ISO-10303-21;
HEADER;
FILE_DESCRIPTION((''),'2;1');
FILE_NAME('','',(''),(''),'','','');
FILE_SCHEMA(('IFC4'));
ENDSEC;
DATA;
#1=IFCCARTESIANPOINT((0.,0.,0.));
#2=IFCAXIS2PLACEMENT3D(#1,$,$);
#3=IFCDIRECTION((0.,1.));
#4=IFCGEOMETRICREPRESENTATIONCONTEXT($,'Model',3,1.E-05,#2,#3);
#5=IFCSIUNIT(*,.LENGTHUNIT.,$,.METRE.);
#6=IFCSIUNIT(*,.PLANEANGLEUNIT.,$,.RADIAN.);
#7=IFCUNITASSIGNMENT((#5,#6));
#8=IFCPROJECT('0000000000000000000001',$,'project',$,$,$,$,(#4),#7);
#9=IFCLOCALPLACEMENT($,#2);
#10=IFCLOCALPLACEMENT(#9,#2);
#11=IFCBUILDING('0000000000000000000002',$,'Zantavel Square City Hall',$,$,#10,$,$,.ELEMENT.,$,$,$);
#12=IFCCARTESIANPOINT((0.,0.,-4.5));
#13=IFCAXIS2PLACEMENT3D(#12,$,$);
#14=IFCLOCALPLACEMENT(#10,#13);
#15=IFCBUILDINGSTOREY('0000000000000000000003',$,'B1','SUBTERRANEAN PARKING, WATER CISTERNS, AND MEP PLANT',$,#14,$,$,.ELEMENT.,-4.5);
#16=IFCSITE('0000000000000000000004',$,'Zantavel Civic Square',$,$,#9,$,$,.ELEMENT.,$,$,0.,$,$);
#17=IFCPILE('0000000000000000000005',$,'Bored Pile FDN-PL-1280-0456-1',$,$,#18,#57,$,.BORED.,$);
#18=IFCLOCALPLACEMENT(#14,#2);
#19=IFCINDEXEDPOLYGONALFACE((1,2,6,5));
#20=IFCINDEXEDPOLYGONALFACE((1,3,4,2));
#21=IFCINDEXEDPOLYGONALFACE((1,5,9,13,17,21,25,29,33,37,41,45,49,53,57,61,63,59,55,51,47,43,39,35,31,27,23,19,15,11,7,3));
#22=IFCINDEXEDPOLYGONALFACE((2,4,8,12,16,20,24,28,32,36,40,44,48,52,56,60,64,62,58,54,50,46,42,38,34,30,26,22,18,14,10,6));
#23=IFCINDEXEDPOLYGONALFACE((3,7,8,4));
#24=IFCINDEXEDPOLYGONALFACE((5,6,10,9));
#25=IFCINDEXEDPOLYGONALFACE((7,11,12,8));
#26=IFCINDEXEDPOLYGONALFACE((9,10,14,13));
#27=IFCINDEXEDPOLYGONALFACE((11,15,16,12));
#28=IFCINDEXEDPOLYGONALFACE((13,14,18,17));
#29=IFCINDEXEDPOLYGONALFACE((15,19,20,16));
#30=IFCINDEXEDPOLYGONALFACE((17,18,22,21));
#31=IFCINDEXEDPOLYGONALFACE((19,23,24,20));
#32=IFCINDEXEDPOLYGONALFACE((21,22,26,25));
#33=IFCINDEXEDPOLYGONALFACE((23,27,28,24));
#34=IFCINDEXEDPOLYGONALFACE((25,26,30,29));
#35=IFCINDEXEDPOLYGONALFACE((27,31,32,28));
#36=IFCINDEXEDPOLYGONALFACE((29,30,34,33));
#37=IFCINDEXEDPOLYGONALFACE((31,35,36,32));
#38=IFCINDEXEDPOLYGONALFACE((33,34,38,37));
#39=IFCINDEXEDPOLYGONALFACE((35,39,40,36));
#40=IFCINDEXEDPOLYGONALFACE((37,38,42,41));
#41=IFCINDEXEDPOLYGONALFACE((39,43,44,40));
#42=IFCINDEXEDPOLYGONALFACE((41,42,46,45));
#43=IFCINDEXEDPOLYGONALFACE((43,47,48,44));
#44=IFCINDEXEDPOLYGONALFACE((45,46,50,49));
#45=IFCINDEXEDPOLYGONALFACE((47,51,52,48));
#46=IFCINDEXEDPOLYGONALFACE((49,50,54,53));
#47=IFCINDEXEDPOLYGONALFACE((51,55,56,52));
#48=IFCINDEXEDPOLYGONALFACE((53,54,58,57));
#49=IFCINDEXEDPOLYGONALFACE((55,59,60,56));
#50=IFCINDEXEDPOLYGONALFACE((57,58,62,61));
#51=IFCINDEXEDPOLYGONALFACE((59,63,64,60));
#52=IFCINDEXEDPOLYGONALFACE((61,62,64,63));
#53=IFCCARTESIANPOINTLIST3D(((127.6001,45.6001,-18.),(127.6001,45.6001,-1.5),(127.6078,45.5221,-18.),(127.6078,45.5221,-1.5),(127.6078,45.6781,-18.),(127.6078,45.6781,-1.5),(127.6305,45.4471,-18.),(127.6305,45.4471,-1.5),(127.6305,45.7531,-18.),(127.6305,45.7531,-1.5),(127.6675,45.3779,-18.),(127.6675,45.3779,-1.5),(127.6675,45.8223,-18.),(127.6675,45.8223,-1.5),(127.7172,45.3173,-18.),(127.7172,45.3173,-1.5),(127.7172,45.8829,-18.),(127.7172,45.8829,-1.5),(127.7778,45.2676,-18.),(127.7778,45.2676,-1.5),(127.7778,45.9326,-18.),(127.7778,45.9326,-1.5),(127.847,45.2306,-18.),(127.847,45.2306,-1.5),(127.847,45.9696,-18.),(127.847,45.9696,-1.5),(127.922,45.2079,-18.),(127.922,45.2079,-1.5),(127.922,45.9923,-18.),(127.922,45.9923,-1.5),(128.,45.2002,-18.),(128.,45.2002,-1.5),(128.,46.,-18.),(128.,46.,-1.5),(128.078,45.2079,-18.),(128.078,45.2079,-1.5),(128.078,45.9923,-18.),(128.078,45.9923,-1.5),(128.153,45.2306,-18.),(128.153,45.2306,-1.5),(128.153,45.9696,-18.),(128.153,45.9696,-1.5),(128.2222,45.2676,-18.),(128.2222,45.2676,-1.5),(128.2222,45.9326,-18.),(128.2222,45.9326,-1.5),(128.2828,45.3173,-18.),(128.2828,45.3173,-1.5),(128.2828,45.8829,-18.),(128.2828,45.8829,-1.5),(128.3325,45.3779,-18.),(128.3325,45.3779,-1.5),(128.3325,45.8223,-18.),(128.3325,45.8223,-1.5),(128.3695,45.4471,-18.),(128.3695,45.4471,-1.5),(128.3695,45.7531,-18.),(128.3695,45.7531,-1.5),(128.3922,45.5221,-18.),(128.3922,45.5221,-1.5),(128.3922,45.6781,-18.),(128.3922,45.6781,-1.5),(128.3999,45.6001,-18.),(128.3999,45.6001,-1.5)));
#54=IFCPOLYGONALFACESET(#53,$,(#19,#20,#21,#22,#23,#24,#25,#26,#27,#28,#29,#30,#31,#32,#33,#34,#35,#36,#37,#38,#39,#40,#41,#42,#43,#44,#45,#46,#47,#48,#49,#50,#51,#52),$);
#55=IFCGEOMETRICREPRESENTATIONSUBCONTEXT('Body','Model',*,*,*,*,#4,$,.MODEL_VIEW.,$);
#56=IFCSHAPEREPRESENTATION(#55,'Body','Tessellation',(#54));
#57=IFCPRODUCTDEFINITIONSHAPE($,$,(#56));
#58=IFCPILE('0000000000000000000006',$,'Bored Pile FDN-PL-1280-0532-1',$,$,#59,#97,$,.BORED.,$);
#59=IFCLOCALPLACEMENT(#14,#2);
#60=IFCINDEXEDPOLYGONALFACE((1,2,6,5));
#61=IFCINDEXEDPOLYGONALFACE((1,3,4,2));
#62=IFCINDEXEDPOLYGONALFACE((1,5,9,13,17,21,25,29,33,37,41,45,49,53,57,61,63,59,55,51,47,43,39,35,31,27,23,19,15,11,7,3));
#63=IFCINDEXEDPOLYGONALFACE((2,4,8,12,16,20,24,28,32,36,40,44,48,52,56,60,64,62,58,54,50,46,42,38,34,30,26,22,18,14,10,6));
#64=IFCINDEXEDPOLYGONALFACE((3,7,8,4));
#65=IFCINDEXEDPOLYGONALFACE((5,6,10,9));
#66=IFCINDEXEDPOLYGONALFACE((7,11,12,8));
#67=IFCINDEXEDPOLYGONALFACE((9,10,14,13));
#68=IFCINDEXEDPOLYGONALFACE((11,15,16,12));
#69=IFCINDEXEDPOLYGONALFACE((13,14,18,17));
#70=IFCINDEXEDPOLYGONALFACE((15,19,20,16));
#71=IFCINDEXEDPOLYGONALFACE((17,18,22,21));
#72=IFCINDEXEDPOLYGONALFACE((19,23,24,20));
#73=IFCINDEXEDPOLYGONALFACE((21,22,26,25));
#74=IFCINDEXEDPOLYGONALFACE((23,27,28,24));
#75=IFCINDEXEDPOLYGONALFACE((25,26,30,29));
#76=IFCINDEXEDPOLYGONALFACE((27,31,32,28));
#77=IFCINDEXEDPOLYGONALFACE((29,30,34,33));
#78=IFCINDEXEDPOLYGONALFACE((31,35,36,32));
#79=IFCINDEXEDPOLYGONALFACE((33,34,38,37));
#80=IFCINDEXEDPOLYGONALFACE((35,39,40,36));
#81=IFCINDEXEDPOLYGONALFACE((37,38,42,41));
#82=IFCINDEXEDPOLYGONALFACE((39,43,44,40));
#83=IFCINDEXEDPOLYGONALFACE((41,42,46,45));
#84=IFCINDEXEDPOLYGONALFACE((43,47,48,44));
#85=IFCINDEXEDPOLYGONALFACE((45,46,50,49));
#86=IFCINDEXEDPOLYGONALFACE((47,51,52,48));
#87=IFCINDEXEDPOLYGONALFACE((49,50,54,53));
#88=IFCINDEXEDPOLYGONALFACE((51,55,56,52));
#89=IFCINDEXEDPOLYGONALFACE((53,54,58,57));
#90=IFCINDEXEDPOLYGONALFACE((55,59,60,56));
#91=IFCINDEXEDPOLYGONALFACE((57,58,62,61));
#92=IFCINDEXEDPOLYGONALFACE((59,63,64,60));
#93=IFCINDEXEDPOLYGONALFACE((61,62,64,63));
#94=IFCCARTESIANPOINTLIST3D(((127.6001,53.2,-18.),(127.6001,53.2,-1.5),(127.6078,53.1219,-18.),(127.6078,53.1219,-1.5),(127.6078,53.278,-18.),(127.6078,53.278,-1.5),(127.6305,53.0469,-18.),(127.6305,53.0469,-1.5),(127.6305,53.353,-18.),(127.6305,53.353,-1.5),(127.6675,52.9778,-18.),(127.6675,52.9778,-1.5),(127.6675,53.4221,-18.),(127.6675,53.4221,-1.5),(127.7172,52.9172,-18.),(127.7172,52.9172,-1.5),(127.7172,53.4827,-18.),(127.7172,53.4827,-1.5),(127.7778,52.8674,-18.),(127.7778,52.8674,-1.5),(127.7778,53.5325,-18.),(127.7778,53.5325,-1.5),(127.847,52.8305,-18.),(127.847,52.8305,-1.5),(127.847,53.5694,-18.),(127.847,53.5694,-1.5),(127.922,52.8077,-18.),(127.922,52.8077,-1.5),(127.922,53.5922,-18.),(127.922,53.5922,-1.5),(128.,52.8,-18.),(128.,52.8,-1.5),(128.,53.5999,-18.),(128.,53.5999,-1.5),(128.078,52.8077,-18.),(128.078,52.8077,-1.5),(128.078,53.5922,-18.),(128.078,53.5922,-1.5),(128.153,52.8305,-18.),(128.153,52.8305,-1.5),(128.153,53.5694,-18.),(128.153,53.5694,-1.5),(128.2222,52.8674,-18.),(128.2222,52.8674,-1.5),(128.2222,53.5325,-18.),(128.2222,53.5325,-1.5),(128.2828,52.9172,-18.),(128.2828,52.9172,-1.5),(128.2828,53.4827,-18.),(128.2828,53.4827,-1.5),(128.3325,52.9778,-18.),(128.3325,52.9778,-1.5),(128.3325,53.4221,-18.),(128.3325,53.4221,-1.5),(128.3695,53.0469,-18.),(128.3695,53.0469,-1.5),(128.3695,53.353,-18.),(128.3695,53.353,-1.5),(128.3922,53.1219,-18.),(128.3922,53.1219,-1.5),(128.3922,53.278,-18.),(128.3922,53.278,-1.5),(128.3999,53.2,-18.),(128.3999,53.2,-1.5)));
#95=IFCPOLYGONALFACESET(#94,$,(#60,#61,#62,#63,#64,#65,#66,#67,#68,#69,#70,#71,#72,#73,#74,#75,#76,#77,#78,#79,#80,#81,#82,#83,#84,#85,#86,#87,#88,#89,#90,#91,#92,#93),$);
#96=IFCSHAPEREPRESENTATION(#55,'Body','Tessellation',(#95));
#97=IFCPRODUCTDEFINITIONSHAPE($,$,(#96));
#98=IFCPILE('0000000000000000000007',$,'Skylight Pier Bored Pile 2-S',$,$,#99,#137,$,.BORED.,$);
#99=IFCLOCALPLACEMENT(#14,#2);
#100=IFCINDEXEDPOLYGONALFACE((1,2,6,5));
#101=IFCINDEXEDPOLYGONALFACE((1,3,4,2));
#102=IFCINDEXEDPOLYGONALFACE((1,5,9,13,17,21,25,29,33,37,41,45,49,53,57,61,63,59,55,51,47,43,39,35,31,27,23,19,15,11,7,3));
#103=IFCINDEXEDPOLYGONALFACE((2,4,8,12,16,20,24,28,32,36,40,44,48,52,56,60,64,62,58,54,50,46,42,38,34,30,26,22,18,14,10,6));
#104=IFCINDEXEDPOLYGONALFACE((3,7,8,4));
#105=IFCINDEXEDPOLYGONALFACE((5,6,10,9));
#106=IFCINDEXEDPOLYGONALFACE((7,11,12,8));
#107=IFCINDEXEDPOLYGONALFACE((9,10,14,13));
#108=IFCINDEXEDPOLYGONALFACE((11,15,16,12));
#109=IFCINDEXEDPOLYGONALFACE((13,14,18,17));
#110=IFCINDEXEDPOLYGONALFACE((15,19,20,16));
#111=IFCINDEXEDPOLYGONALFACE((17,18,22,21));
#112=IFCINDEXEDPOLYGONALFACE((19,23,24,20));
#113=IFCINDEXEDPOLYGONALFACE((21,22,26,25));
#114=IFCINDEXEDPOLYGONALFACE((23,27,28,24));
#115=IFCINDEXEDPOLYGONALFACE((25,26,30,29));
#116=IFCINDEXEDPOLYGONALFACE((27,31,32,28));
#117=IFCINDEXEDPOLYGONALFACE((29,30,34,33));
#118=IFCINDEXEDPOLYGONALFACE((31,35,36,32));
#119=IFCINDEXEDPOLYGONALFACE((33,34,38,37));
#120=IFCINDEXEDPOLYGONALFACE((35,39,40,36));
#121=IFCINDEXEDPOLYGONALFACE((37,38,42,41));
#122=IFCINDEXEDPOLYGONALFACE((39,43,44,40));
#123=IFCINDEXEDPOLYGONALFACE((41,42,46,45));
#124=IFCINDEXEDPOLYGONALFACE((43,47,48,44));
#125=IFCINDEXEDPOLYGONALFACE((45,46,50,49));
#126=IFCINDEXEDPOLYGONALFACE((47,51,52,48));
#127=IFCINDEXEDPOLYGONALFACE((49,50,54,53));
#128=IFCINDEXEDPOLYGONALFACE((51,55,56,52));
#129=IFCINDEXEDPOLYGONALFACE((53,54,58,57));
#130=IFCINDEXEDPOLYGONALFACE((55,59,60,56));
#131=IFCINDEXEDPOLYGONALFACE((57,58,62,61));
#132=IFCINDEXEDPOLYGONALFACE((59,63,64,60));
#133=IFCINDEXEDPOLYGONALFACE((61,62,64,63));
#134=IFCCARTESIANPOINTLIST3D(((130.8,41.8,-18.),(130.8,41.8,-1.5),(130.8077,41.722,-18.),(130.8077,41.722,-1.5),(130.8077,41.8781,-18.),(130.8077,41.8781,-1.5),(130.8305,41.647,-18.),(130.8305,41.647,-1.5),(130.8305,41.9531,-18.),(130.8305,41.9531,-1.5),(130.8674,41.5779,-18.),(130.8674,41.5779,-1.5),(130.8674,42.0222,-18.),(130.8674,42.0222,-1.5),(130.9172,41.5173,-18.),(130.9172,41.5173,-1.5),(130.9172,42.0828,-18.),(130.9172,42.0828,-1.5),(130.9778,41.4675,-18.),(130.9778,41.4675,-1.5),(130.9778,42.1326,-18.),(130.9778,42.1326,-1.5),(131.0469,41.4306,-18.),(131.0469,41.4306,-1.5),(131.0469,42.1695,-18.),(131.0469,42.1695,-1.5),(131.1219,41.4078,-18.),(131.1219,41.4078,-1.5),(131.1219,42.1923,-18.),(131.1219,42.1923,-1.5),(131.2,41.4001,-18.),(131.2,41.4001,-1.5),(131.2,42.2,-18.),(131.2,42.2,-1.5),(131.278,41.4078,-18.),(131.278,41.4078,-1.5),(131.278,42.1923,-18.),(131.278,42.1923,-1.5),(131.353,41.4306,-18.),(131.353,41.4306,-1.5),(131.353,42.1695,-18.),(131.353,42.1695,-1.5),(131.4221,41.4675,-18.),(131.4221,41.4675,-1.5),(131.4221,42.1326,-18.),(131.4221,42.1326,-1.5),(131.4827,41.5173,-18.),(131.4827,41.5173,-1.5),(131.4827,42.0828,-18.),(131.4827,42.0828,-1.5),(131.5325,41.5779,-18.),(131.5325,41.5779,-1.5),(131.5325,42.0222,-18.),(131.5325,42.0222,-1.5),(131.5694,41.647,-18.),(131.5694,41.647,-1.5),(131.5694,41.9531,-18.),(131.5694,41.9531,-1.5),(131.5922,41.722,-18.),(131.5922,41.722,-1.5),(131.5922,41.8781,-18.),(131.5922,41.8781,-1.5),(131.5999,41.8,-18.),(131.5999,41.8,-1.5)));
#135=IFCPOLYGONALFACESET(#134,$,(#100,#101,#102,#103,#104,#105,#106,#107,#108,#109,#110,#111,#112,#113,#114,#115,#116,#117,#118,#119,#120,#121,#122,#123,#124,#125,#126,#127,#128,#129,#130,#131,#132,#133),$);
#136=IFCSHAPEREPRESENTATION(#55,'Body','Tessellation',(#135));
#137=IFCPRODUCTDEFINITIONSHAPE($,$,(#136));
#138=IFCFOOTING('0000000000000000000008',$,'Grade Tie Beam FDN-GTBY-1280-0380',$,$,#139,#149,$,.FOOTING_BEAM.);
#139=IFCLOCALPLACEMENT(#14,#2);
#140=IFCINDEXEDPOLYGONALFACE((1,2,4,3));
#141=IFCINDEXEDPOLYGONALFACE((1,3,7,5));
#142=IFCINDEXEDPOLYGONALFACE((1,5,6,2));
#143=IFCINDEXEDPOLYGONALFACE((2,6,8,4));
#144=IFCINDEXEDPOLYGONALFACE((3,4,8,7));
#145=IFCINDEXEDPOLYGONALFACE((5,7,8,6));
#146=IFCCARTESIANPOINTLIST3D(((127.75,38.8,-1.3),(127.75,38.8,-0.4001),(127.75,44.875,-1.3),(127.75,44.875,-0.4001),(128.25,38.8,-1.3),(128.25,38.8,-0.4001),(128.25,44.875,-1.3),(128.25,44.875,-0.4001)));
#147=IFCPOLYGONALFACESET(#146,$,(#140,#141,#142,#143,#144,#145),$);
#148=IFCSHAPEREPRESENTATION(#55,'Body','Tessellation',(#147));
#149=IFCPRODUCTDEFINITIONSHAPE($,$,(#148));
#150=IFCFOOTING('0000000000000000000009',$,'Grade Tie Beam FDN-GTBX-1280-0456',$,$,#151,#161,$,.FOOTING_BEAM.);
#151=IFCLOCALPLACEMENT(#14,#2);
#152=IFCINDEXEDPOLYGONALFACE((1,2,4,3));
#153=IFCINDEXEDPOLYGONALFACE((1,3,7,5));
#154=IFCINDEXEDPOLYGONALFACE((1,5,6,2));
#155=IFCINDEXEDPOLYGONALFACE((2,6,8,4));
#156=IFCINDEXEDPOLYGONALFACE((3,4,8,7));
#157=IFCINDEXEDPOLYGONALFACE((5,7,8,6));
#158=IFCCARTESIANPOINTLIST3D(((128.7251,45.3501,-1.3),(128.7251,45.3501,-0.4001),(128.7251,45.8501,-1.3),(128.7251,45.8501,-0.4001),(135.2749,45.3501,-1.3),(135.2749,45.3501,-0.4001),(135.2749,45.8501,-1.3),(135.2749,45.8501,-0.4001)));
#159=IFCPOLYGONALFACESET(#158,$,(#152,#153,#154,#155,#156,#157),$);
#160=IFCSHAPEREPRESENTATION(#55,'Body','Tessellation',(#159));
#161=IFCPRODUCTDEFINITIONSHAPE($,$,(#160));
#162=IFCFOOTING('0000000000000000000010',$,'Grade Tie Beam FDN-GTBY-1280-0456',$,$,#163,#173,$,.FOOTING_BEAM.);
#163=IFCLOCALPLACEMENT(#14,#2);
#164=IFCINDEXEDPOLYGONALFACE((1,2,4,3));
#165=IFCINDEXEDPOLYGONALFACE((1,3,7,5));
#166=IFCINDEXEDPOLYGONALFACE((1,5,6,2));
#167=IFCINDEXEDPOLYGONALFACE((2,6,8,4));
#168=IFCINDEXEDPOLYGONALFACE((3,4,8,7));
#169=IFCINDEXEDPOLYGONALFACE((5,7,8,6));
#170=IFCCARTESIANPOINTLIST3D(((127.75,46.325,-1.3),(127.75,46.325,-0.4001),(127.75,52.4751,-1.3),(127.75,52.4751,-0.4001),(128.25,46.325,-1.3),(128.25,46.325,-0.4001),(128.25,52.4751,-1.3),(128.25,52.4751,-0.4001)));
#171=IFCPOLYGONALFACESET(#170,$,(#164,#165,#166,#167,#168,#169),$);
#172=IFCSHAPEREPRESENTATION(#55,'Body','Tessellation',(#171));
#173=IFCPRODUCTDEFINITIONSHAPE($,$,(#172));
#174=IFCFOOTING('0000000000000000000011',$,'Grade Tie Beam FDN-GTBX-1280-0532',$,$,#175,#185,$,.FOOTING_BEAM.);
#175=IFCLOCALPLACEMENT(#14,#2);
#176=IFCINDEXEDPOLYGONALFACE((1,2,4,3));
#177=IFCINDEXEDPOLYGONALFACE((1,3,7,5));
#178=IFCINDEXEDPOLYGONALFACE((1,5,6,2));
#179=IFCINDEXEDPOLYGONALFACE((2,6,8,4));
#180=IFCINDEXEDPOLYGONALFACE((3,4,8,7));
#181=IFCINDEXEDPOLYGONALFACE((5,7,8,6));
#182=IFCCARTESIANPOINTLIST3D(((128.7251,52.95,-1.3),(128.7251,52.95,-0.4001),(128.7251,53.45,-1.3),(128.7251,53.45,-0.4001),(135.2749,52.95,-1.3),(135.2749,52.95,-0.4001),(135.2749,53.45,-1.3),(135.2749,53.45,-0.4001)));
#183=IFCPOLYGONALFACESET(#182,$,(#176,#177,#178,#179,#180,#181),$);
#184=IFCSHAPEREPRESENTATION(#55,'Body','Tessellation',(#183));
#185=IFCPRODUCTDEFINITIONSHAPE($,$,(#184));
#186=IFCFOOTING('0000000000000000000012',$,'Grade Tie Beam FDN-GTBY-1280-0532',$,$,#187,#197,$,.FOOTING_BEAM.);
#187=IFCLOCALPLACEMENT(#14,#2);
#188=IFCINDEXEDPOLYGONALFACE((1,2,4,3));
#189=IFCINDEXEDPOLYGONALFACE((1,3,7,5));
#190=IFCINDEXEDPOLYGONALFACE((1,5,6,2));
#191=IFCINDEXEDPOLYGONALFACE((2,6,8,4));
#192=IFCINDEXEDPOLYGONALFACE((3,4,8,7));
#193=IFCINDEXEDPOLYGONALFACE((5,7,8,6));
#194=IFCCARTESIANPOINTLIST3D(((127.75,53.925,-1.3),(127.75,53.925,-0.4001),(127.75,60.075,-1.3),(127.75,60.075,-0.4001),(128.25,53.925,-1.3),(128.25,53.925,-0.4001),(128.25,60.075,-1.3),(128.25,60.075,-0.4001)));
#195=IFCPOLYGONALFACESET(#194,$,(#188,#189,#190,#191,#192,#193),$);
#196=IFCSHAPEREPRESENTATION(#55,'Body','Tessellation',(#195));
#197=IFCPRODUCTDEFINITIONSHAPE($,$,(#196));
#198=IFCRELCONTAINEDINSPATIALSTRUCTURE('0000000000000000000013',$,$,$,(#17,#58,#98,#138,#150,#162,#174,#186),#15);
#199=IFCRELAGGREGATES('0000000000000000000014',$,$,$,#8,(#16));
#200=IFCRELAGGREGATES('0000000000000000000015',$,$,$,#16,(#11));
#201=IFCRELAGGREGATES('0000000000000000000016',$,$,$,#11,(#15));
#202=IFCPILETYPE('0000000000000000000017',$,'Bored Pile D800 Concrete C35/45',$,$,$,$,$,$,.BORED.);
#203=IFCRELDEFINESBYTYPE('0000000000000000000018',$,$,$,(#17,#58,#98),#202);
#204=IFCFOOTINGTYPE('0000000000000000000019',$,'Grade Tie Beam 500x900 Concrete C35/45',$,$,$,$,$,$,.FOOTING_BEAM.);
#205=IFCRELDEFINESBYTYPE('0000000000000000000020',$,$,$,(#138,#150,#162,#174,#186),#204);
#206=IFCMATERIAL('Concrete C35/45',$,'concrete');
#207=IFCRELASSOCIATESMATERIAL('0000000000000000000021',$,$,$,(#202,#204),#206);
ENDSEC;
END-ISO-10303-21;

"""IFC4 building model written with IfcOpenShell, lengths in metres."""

from ifc_helpers import new_model, si_unit, direction, frame, origin, origin_2d, place, context, subcontext, project, spatial, rectangle, circle, extrude, material, material_profile, profile_set, type_object, element, save


model = new_model("IFC4")

# Units and contexts
model_context = context("Model", 3, precision=1e-05, world=origin(), true_north=direction((0.0, 1.0)))
body_context = subcontext(model_context, "Body", "Model", "MODEL_VIEW")
ifc_project = project(units=[si_unit("LENGTHUNIT", "METRE"), si_unit("PLANEANGLEUNIT", "RADIAN")], contexts=[model_context])

# Site, building, storey
site_placement = place(None, origin())
site = spatial("IfcSite", under=ifc_project, at=site_placement, Name="Zantavel Civic Square", CompositionType="ELEMENT", RefElevation=0.0)
building_placement = place(site_placement, origin())
building = spatial("IfcBuilding", under=site, at=building_placement, Name="Zantavel Square City Hall", CompositionType="ELEMENT")
storey_placement = place(building_placement, frame((0.0, 0.0, -4.5)))
storey = spatial("IfcBuildingStorey", under=building, at=storey_placement, Name="B1", Description="SUBTERRANEAN PARKING, WATER CISTERNS, AND MEP PLANT", CompositionType="ELEMENT", Elevation=-4.5)

# Piles
ifc_material_1 = material(Name="Concrete C35/45", Category="concrete")
ifc_material_profile_1 = material_profile(ifc_material_1, circle(Radius=0.3999, at=origin_2d()), Name="PILE D800")
ifc_profile_set_1 = profile_set([ifc_material_profile_1], Name="Concrete C35/45")
pile_type = type_object("IfcPileType", Name="Bored Pile D800 Concrete C35/45", PredefinedType="BORED", material=ifc_profile_set_1)
for number, where, z_axis, x_axis, name in (
    (1, (128.0, 45.6001, -1.5), (0.0, 0.0, -1.0), (1.0, 0.0, 0.0), "Bored Pile FDN-PL-1280-0456-1"),
    (2, (128.0, 53.2, -1.5), (0.0, 0.0, -1.0), (1.0, 0.0, 0.0), "Bored Pile FDN-PL-1280-0532-1"),
    (3, (131.2, 41.8, -1.5), (0.0, 0.0, -1.0), (1.0, 0.0, 0.0), "Skylight Pier Bored Pile 2-S"),
):
    element("IfcPile", number, at=place(storey_placement, frame(where, z_axis=z_axis, x_axis=x_axis)), inside=storey, type_object=pile_type, Name=name, PredefinedType="BORED", context=body_context, shape_type="SweptSolid", body=[
        extrude(circle(Radius=0.3999, at=origin_2d()), origin(), (0.0, 0.0, 1.0), 16.5),
    ])

# Footings
ifc_material_profile_2 = material_profile(ifc_material_1, rectangle(XDim=0.5, YDim=0.8999, at=origin_2d()), Name="RC 500x900")
ifc_profile_set_2 = profile_set([ifc_material_profile_2], Name="Concrete C35/45")
footing_type_1 = type_object("IfcFootingType", Name="Grade Tie Beam 500x900 Concrete C35/45", PredefinedType="FOOTING_BEAM", material=ifc_profile_set_2)
footing_1_placement = place(storey_placement, frame((128.0, 38.8, -0.8501), z_axis=(0.0, 1.0, 0.0), x_axis=(-1.0, 0.0, 0.0)))
element("IfcFooting", 4, at=footing_1_placement, inside=storey, type_object=footing_type_1, Name="Grade Tie Beam FDN-GTBY-1280-0380", PredefinedType="FOOTING_BEAM", context=body_context, shape_type="SweptSolid", body=[
    extrude(rectangle(XDim=0.5, YDim=0.8999, at=origin_2d()), origin(), (0.0, 0.0, 1.0), 6.075),
])
footing_2_placement = place(storey_placement, frame((128.7251, 45.6001, -0.8501), z_axis=(1.0, 0.0, 0.0), x_axis=(0.0, 1.0, 0.0)))
element("IfcFooting", 5, at=footing_2_placement, inside=storey, type_object=footing_type_1, Name="Grade Tie Beam FDN-GTBX-1280-0456", PredefinedType="FOOTING_BEAM", context=body_context, shape_type="SweptSolid", body=[
    extrude(rectangle(XDim=0.5, YDim=0.8999, at=origin_2d()), origin(), (0.0, 0.0, 1.0), 6.5498),
])
footing_3_placement = place(storey_placement, frame((128.0, 46.325, -0.8501), z_axis=(0.0, 1.0, 0.0), x_axis=(-1.0, 0.0, 0.0)))
element("IfcFooting", 6, at=footing_3_placement, inside=storey, type_object=footing_type_1, Name="Grade Tie Beam FDN-GTBY-1280-0456", PredefinedType="FOOTING_BEAM", context=body_context, shape_type="SweptSolid", body=[
    extrude(rectangle(XDim=0.5, YDim=0.8999, at=origin_2d()), origin(), (0.0, 0.0, 1.0), 6.1501),
])
footing_4_placement = place(storey_placement, frame((128.7251, 53.2, -0.8501), z_axis=(1.0, 0.0, 0.0), x_axis=(0.0, 1.0, 0.0)))
element("IfcFooting", 7, at=footing_4_placement, inside=storey, type_object=footing_type_1, Name="Grade Tie Beam FDN-GTBX-1280-0532", PredefinedType="FOOTING_BEAM", context=body_context, shape_type="SweptSolid", body=[
    extrude(rectangle(XDim=0.5, YDim=0.8999, at=origin_2d()), origin(), (0.0, 0.0, 1.0), 6.5498),
])
footing_5_placement = place(storey_placement, frame((128.0, 53.925, -0.8501), z_axis=(0.0, 1.0, 0.0), x_axis=(-1.0, 0.0, 0.0)))
element("IfcFooting", 8, at=footing_5_placement, inside=storey, type_object=footing_type_1, Name="Grade Tie Beam FDN-GTBY-1280-0532", PredefinedType="FOOTING_BEAM", context=body_context, shape_type="SweptSolid", body=[
    extrude(rectangle(XDim=0.5, YDim=0.8999, at=origin_2d()), origin(), (0.0, 0.0, 1.0), 6.1499),
])

save(model, "model.ifc")
